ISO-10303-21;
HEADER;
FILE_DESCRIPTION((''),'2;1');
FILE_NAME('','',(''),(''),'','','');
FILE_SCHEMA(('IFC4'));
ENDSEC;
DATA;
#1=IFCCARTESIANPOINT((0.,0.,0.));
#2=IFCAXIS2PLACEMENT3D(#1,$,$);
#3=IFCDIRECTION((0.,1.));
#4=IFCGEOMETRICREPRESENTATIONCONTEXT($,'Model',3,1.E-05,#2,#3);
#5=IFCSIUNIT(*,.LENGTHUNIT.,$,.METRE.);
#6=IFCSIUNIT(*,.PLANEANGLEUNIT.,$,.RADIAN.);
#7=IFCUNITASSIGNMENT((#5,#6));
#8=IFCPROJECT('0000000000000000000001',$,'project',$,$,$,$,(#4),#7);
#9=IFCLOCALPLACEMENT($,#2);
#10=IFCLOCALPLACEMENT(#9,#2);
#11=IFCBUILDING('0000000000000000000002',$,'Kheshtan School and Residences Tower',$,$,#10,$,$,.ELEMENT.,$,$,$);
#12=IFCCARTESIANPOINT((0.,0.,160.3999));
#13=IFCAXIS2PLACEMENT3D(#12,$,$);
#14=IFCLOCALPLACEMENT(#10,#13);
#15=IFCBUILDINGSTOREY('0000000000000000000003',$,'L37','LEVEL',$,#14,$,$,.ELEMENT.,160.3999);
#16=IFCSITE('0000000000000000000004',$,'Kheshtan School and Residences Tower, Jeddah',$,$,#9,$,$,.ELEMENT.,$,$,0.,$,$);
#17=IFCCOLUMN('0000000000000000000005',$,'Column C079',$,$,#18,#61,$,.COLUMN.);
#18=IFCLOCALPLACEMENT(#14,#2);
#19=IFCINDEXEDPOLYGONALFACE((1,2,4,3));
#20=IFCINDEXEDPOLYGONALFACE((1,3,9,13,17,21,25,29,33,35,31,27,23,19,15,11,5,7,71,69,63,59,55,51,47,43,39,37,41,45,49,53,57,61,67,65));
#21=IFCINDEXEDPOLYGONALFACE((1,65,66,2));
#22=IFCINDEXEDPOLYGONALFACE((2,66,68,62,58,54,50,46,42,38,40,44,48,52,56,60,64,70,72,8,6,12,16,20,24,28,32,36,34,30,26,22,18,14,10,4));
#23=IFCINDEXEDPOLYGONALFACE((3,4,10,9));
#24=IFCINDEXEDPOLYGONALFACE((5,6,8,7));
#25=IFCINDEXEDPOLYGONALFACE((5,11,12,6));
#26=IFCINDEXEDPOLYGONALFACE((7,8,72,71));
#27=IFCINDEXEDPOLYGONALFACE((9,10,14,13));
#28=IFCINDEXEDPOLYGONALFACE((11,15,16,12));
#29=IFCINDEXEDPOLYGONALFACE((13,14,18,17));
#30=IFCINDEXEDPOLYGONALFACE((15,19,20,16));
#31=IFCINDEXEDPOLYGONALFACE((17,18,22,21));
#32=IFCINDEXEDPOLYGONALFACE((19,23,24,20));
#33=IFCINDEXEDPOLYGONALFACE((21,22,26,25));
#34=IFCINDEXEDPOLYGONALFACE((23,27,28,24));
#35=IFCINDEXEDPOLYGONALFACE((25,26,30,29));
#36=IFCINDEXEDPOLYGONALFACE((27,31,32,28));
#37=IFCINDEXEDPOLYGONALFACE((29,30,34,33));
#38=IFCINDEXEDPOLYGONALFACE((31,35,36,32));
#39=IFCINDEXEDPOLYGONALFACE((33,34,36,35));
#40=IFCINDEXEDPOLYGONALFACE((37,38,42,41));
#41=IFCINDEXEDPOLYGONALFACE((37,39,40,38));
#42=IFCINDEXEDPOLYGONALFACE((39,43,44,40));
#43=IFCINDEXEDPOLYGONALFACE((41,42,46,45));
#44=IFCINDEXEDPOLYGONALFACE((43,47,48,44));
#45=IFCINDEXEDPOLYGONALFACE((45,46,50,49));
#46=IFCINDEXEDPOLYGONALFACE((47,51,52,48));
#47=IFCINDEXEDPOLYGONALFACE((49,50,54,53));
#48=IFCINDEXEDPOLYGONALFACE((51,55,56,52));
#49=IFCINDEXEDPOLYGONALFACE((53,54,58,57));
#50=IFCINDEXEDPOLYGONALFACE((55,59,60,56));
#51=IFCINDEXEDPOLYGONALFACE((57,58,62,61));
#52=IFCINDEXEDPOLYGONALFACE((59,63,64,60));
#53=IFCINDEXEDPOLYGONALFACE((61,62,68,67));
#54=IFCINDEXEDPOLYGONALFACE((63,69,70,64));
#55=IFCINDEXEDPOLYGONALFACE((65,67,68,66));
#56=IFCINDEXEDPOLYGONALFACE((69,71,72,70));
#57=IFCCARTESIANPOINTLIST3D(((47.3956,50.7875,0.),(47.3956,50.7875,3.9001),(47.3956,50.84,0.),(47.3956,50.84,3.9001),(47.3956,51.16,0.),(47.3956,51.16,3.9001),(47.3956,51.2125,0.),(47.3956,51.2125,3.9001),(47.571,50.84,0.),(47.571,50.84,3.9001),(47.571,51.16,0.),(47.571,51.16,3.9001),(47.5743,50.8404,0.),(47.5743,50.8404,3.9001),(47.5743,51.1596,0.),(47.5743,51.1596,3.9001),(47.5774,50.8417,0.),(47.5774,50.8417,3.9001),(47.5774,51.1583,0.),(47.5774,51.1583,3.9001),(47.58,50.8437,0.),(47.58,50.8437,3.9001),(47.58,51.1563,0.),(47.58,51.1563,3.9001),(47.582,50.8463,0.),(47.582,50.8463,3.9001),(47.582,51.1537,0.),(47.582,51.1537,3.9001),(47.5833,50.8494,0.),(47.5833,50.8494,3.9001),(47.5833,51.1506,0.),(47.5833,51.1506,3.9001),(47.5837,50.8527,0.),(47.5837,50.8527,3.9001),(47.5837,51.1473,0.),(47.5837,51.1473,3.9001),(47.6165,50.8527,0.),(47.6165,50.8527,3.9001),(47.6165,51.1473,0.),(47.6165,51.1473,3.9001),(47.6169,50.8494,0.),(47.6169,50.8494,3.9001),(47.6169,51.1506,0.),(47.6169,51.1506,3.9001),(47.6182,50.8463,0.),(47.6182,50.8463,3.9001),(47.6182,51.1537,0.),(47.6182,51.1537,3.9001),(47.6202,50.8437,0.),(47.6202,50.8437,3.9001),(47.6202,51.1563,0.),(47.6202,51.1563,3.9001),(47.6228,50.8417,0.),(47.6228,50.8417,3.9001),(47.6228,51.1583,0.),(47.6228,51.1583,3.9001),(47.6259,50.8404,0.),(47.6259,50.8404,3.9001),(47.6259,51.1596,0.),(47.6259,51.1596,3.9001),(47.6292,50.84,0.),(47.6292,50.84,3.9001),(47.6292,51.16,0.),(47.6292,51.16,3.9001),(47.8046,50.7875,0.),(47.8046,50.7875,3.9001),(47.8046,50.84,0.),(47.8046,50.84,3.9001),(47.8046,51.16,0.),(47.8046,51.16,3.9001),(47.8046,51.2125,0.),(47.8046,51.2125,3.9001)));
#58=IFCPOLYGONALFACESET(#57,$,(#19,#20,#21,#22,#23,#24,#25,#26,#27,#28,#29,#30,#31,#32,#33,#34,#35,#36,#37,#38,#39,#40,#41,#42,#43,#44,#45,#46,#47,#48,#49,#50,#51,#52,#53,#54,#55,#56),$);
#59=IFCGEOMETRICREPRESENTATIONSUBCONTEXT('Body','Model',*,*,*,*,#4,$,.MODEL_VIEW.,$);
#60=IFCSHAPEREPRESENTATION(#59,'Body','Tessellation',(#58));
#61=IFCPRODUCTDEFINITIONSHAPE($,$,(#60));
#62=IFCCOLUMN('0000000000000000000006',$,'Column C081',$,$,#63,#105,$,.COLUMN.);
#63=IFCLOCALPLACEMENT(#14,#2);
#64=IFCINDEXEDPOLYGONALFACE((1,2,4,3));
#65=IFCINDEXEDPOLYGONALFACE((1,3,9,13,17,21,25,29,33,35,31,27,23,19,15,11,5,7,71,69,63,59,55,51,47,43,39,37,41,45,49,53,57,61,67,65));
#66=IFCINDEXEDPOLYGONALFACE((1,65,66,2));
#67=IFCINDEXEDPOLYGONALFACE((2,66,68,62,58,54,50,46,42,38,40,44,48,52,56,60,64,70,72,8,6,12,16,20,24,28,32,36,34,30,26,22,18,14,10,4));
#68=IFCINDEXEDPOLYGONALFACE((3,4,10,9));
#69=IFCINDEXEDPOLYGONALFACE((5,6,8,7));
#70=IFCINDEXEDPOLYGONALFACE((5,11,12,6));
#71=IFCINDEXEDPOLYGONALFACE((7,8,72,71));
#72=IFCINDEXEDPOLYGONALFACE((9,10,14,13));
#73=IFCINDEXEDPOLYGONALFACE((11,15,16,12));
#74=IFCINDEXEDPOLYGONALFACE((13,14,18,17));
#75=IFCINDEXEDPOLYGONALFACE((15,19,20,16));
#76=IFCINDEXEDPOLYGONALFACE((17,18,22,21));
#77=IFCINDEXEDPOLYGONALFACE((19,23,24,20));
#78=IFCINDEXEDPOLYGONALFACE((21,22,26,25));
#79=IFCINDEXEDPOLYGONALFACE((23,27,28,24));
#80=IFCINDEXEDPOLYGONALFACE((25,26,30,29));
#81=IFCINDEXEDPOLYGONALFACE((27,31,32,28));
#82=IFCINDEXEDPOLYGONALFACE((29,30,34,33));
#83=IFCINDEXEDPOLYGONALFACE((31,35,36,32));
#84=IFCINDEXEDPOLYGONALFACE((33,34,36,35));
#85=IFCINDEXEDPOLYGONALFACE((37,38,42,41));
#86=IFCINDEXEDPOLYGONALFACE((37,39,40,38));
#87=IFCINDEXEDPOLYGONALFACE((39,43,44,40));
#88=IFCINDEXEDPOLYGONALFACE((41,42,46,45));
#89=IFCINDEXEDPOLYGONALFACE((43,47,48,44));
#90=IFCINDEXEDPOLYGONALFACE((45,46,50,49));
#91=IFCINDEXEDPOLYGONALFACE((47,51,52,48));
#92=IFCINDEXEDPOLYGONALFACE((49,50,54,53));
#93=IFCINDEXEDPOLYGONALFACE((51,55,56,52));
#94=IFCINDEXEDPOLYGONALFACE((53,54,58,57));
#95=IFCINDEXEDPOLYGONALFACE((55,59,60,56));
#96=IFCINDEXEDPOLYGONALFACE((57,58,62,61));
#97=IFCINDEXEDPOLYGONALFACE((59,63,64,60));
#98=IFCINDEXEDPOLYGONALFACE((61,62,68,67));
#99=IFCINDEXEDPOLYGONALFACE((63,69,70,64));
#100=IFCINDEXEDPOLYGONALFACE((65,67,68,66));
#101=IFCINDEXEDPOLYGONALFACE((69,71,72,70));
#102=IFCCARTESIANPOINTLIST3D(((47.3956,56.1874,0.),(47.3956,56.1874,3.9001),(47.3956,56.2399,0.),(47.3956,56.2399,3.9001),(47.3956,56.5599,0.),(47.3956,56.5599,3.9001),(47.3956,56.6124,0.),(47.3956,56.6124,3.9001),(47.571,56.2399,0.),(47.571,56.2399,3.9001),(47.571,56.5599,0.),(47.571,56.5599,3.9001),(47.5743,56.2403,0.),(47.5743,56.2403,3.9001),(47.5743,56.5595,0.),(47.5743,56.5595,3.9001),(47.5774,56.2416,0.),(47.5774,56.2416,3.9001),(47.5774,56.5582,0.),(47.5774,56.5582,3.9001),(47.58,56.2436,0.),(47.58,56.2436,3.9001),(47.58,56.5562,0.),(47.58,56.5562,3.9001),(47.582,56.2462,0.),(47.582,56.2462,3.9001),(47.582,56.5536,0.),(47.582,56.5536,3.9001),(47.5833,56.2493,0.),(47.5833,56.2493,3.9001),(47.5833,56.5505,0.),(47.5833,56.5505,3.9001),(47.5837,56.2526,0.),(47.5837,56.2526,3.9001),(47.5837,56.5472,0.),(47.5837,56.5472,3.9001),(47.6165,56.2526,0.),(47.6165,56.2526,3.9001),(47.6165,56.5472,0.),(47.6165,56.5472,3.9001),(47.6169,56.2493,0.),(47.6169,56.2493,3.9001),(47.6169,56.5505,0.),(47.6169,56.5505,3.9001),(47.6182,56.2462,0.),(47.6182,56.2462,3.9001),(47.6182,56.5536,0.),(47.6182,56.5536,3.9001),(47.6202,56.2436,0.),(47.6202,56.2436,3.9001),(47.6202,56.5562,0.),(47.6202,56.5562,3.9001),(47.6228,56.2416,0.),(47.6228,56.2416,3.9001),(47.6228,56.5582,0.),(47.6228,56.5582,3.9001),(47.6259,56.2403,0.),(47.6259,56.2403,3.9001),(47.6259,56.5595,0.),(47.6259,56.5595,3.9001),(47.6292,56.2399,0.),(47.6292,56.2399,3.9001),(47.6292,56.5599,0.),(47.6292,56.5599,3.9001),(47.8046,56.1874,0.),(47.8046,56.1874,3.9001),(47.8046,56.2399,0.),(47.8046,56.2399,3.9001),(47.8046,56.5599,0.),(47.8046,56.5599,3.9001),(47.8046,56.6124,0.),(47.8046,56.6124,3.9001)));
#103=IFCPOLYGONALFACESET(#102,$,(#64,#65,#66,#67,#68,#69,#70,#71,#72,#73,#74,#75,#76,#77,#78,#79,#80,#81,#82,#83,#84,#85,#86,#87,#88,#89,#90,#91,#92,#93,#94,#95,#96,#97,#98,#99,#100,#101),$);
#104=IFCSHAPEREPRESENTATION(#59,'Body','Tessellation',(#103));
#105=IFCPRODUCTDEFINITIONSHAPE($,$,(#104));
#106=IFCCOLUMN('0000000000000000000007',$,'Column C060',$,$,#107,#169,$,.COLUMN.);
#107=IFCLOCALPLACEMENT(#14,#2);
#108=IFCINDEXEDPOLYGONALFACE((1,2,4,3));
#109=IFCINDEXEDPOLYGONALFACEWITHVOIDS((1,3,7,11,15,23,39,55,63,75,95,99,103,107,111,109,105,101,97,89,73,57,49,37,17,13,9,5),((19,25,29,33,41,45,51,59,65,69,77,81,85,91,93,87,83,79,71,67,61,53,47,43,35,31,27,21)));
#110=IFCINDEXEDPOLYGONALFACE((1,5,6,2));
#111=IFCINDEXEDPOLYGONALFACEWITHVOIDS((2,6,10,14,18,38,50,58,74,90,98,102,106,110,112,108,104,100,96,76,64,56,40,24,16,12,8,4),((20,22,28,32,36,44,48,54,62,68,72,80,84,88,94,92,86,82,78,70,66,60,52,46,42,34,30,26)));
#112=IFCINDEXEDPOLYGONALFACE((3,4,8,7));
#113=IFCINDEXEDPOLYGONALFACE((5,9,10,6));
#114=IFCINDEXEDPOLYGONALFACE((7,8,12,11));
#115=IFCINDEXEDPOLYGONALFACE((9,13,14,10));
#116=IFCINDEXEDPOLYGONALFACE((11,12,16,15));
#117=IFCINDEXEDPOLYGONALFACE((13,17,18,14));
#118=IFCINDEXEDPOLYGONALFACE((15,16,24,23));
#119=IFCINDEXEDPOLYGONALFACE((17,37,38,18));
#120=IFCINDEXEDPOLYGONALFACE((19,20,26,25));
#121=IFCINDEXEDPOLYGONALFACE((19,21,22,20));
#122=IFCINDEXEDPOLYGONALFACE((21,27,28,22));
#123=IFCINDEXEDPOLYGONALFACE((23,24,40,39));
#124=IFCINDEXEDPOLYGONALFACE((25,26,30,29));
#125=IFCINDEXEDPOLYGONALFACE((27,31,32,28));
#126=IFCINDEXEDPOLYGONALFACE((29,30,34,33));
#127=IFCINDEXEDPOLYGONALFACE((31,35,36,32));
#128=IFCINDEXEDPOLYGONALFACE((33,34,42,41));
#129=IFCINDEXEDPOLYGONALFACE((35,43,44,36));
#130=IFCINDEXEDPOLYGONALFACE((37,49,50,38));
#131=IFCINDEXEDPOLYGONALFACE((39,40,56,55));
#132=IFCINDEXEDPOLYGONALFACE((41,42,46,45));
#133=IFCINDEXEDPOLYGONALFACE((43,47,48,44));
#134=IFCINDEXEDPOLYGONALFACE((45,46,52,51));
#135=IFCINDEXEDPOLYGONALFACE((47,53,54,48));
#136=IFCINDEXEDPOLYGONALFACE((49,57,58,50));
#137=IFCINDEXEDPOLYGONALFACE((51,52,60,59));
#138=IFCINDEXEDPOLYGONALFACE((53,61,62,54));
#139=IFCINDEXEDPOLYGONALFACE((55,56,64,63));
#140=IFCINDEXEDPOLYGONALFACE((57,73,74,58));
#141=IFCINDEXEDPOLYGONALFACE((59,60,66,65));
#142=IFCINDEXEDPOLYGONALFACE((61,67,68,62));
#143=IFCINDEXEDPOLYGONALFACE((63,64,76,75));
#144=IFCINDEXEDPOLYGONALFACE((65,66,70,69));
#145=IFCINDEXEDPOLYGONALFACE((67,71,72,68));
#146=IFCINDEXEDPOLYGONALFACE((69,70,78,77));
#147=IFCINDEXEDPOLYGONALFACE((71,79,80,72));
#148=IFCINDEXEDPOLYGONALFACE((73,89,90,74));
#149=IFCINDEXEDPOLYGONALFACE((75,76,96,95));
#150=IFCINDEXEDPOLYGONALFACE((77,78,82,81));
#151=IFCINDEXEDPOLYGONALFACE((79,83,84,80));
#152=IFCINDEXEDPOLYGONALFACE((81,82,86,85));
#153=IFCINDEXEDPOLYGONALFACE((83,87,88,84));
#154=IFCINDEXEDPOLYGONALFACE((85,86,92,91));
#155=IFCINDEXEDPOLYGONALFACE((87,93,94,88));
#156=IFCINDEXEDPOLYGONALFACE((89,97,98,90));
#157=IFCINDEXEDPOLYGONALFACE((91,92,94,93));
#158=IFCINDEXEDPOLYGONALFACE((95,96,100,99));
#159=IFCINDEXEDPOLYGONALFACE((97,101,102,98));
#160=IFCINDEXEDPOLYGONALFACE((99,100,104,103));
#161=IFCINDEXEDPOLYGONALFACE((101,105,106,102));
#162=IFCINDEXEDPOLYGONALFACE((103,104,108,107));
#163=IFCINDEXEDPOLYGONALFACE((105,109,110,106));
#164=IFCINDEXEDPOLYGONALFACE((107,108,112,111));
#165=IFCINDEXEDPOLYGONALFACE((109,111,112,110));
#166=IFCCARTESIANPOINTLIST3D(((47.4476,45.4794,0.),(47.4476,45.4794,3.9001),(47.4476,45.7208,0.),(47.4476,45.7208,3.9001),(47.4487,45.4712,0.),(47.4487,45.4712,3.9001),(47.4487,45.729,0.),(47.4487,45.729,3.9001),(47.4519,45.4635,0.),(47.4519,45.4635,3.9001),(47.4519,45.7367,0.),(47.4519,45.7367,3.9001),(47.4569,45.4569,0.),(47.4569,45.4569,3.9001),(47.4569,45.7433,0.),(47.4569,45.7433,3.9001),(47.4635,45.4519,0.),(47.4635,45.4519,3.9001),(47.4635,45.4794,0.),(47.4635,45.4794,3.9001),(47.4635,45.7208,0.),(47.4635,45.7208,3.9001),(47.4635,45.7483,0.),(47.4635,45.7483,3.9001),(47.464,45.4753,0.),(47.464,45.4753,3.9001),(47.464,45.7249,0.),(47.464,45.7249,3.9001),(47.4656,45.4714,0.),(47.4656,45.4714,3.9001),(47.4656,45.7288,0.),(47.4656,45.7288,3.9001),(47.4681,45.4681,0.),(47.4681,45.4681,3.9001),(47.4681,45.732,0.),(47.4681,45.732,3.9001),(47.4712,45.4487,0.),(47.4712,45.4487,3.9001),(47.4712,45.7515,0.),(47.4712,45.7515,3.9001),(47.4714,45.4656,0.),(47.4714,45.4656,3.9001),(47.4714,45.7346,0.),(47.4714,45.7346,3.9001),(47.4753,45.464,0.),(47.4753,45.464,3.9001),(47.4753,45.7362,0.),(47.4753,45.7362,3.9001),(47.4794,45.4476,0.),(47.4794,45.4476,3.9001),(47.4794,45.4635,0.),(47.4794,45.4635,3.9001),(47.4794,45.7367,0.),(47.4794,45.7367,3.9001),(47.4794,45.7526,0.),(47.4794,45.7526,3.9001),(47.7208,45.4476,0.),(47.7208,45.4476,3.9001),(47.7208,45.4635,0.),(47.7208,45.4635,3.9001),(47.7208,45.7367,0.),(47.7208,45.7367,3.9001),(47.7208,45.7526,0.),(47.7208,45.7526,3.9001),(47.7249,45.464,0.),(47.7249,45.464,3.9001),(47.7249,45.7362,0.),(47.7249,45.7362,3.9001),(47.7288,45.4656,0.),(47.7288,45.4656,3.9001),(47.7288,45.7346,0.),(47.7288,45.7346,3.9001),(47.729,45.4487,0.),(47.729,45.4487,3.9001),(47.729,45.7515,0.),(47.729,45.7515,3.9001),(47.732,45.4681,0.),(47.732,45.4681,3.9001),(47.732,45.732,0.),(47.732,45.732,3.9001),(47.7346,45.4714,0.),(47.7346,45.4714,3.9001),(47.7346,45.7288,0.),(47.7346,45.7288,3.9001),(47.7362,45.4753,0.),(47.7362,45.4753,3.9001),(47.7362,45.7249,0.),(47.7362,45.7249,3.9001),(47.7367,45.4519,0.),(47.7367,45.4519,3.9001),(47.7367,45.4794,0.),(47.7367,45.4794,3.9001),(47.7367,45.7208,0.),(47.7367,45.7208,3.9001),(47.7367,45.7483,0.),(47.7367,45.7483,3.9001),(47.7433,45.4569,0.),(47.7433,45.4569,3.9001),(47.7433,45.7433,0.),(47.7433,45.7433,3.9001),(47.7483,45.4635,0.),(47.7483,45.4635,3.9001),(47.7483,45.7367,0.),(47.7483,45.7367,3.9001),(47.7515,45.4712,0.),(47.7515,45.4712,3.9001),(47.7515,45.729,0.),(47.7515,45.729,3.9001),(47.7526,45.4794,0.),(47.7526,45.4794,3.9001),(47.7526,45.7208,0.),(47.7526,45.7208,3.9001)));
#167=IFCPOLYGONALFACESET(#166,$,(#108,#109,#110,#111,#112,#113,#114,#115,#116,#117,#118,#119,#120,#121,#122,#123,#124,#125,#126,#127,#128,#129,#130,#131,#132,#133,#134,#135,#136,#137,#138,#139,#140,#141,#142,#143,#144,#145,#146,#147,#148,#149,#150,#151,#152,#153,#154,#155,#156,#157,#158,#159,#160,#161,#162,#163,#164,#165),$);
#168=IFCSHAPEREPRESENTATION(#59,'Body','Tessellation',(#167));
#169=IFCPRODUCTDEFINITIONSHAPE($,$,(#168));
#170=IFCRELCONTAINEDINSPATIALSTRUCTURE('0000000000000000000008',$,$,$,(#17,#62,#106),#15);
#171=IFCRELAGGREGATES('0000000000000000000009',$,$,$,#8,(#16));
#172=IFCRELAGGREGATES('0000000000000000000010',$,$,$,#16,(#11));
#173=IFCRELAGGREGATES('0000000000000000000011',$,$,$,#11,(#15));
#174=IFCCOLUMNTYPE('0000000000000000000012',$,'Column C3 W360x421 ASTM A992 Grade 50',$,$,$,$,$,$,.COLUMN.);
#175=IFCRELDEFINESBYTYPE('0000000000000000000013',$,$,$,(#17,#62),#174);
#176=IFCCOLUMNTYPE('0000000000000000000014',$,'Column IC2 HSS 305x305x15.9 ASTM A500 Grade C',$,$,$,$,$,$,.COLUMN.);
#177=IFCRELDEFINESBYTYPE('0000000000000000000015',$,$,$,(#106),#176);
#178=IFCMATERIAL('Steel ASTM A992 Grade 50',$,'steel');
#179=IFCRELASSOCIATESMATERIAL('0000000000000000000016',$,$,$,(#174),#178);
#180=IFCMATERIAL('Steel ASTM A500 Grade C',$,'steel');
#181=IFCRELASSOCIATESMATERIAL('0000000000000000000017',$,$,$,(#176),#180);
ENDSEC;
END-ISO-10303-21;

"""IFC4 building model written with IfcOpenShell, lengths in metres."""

from ifc_helpers import new_model, si_unit, direction, frame, origin, origin_2d, place, context, subcontext, project, spatial, hollow_rectangle, i_section, extrude, material, material_profile, profile_set, type_object, element, save


model = new_model("IFC4")

# Units and contexts
model_context = context("Model", 3, precision=1e-05, world=origin(), true_north=direction((0.0, 1.0)))
body_context = subcontext(model_context, "Body", "Model", "MODEL_VIEW")
ifc_project = project(units=[si_unit("LENGTHUNIT", "METRE"), si_unit("PLANEANGLEUNIT", "RADIAN")], contexts=[model_context])

# Site, building, storey
site_placement = place(None, origin())
site = spatial("IfcSite", under=ifc_project, at=site_placement, Name="Kheshtan School and Residences Tower, Jeddah", CompositionType="ELEMENT", RefElevation=0.0)
building_placement = place(site_placement, origin())
building = spatial("IfcBuilding", under=site, at=building_placement, Name="Kheshtan School and Residences Tower", CompositionType="ELEMENT")
storey_placement = place(building_placement, frame((0.0, 0.0, 160.3999)))
storey = spatial("IfcBuildingStorey", under=building, at=storey_placement, Name="L37", Description="LEVEL", CompositionType="ELEMENT", Elevation=160.3999)

# Columns
ifc_material_1 = material(Name="Steel ASTM A992 Grade 50", Category="steel")
ifc_material_profile_1 = material_profile(ifc_material_1, i_section(OverallWidth=0.4089, OverallDepth=0.425, WebThickness=0.0327, FlangeThickness=0.0525, FilletRadius=0.0127, at=origin_2d()), Name="W360x421")
ifc_profile_set_1 = profile_set([ifc_material_profile_1], Name="Steel ASTM A992 Grade 50")
column_type_1 = type_object("IfcColumnType", Name="Column C3 W360x421 ASTM A992 Grade 50", PredefinedType="COLUMN", material=ifc_profile_set_1)
for number, where, z_axis, x_axis, name in (
    (1, (47.6001, 51.0, 0.0), (0.0, 0.0, 1.0), (1.0, 0.0, 0.0), "Column C079"),
    (2, (47.6001, 56.3999, 0.0), (0.0, 0.0, 1.0), (1.0, 0.0, 0.0), "Column C081"),
):
    element("IfcColumn", number, at=place(storey_placement, frame(where, z_axis=z_axis, x_axis=x_axis)), inside=storey, type_object=column_type_1, Name=name, PredefinedType="COLUMN", context=body_context, shape_type="SweptSolid", body=[
        extrude(i_section(OverallWidth=0.4089, OverallDepth=0.425, WebThickness=0.0327, FlangeThickness=0.0525, FilletRadius=0.0127, at=origin_2d()), origin(), (0.0, 0.0, 1.0), 3.9001),
    ])
ifc_material_2 = material(Name="Steel ASTM A500 Grade C", Category="steel")
ifc_material_profile_2 = material_profile(ifc_material_2, hollow_rectangle(XDim=0.3049, YDim=0.3049, WallThickness=0.0159, InnerFilletRadius=0.0159, OuterFilletRadius=0.0317, at=origin_2d()), Name="HSS 305x305x15.9")
ifc_profile_set_2 = profile_set([ifc_material_profile_2], Name="Steel ASTM A500 Grade C")
column_type_2 = type_object("IfcColumnType", Name="Column IC2 HSS 305x305x15.9 ASTM A500 Grade C", PredefinedType="COLUMN", material=ifc_profile_set_2)
column_placement = place(storey_placement, frame((47.6001, 45.6001, 0.0), z_axis=(0.0, 0.0, 1.0), x_axis=(1.0, 0.0, 0.0)))
element("IfcColumn", 3, at=column_placement, inside=storey, type_object=column_type_2, Name="Column C060", PredefinedType="COLUMN", context=body_context, shape_type="SweptSolid", body=[
    extrude(hollow_rectangle(XDim=0.3049, YDim=0.3049, WallThickness=0.0159, InnerFilletRadius=0.0159, OuterFilletRadius=0.0317, at=origin_2d()), origin(), (0.0, 0.0, 1.0), 3.9001),
])

save(model, "model.ifc")
